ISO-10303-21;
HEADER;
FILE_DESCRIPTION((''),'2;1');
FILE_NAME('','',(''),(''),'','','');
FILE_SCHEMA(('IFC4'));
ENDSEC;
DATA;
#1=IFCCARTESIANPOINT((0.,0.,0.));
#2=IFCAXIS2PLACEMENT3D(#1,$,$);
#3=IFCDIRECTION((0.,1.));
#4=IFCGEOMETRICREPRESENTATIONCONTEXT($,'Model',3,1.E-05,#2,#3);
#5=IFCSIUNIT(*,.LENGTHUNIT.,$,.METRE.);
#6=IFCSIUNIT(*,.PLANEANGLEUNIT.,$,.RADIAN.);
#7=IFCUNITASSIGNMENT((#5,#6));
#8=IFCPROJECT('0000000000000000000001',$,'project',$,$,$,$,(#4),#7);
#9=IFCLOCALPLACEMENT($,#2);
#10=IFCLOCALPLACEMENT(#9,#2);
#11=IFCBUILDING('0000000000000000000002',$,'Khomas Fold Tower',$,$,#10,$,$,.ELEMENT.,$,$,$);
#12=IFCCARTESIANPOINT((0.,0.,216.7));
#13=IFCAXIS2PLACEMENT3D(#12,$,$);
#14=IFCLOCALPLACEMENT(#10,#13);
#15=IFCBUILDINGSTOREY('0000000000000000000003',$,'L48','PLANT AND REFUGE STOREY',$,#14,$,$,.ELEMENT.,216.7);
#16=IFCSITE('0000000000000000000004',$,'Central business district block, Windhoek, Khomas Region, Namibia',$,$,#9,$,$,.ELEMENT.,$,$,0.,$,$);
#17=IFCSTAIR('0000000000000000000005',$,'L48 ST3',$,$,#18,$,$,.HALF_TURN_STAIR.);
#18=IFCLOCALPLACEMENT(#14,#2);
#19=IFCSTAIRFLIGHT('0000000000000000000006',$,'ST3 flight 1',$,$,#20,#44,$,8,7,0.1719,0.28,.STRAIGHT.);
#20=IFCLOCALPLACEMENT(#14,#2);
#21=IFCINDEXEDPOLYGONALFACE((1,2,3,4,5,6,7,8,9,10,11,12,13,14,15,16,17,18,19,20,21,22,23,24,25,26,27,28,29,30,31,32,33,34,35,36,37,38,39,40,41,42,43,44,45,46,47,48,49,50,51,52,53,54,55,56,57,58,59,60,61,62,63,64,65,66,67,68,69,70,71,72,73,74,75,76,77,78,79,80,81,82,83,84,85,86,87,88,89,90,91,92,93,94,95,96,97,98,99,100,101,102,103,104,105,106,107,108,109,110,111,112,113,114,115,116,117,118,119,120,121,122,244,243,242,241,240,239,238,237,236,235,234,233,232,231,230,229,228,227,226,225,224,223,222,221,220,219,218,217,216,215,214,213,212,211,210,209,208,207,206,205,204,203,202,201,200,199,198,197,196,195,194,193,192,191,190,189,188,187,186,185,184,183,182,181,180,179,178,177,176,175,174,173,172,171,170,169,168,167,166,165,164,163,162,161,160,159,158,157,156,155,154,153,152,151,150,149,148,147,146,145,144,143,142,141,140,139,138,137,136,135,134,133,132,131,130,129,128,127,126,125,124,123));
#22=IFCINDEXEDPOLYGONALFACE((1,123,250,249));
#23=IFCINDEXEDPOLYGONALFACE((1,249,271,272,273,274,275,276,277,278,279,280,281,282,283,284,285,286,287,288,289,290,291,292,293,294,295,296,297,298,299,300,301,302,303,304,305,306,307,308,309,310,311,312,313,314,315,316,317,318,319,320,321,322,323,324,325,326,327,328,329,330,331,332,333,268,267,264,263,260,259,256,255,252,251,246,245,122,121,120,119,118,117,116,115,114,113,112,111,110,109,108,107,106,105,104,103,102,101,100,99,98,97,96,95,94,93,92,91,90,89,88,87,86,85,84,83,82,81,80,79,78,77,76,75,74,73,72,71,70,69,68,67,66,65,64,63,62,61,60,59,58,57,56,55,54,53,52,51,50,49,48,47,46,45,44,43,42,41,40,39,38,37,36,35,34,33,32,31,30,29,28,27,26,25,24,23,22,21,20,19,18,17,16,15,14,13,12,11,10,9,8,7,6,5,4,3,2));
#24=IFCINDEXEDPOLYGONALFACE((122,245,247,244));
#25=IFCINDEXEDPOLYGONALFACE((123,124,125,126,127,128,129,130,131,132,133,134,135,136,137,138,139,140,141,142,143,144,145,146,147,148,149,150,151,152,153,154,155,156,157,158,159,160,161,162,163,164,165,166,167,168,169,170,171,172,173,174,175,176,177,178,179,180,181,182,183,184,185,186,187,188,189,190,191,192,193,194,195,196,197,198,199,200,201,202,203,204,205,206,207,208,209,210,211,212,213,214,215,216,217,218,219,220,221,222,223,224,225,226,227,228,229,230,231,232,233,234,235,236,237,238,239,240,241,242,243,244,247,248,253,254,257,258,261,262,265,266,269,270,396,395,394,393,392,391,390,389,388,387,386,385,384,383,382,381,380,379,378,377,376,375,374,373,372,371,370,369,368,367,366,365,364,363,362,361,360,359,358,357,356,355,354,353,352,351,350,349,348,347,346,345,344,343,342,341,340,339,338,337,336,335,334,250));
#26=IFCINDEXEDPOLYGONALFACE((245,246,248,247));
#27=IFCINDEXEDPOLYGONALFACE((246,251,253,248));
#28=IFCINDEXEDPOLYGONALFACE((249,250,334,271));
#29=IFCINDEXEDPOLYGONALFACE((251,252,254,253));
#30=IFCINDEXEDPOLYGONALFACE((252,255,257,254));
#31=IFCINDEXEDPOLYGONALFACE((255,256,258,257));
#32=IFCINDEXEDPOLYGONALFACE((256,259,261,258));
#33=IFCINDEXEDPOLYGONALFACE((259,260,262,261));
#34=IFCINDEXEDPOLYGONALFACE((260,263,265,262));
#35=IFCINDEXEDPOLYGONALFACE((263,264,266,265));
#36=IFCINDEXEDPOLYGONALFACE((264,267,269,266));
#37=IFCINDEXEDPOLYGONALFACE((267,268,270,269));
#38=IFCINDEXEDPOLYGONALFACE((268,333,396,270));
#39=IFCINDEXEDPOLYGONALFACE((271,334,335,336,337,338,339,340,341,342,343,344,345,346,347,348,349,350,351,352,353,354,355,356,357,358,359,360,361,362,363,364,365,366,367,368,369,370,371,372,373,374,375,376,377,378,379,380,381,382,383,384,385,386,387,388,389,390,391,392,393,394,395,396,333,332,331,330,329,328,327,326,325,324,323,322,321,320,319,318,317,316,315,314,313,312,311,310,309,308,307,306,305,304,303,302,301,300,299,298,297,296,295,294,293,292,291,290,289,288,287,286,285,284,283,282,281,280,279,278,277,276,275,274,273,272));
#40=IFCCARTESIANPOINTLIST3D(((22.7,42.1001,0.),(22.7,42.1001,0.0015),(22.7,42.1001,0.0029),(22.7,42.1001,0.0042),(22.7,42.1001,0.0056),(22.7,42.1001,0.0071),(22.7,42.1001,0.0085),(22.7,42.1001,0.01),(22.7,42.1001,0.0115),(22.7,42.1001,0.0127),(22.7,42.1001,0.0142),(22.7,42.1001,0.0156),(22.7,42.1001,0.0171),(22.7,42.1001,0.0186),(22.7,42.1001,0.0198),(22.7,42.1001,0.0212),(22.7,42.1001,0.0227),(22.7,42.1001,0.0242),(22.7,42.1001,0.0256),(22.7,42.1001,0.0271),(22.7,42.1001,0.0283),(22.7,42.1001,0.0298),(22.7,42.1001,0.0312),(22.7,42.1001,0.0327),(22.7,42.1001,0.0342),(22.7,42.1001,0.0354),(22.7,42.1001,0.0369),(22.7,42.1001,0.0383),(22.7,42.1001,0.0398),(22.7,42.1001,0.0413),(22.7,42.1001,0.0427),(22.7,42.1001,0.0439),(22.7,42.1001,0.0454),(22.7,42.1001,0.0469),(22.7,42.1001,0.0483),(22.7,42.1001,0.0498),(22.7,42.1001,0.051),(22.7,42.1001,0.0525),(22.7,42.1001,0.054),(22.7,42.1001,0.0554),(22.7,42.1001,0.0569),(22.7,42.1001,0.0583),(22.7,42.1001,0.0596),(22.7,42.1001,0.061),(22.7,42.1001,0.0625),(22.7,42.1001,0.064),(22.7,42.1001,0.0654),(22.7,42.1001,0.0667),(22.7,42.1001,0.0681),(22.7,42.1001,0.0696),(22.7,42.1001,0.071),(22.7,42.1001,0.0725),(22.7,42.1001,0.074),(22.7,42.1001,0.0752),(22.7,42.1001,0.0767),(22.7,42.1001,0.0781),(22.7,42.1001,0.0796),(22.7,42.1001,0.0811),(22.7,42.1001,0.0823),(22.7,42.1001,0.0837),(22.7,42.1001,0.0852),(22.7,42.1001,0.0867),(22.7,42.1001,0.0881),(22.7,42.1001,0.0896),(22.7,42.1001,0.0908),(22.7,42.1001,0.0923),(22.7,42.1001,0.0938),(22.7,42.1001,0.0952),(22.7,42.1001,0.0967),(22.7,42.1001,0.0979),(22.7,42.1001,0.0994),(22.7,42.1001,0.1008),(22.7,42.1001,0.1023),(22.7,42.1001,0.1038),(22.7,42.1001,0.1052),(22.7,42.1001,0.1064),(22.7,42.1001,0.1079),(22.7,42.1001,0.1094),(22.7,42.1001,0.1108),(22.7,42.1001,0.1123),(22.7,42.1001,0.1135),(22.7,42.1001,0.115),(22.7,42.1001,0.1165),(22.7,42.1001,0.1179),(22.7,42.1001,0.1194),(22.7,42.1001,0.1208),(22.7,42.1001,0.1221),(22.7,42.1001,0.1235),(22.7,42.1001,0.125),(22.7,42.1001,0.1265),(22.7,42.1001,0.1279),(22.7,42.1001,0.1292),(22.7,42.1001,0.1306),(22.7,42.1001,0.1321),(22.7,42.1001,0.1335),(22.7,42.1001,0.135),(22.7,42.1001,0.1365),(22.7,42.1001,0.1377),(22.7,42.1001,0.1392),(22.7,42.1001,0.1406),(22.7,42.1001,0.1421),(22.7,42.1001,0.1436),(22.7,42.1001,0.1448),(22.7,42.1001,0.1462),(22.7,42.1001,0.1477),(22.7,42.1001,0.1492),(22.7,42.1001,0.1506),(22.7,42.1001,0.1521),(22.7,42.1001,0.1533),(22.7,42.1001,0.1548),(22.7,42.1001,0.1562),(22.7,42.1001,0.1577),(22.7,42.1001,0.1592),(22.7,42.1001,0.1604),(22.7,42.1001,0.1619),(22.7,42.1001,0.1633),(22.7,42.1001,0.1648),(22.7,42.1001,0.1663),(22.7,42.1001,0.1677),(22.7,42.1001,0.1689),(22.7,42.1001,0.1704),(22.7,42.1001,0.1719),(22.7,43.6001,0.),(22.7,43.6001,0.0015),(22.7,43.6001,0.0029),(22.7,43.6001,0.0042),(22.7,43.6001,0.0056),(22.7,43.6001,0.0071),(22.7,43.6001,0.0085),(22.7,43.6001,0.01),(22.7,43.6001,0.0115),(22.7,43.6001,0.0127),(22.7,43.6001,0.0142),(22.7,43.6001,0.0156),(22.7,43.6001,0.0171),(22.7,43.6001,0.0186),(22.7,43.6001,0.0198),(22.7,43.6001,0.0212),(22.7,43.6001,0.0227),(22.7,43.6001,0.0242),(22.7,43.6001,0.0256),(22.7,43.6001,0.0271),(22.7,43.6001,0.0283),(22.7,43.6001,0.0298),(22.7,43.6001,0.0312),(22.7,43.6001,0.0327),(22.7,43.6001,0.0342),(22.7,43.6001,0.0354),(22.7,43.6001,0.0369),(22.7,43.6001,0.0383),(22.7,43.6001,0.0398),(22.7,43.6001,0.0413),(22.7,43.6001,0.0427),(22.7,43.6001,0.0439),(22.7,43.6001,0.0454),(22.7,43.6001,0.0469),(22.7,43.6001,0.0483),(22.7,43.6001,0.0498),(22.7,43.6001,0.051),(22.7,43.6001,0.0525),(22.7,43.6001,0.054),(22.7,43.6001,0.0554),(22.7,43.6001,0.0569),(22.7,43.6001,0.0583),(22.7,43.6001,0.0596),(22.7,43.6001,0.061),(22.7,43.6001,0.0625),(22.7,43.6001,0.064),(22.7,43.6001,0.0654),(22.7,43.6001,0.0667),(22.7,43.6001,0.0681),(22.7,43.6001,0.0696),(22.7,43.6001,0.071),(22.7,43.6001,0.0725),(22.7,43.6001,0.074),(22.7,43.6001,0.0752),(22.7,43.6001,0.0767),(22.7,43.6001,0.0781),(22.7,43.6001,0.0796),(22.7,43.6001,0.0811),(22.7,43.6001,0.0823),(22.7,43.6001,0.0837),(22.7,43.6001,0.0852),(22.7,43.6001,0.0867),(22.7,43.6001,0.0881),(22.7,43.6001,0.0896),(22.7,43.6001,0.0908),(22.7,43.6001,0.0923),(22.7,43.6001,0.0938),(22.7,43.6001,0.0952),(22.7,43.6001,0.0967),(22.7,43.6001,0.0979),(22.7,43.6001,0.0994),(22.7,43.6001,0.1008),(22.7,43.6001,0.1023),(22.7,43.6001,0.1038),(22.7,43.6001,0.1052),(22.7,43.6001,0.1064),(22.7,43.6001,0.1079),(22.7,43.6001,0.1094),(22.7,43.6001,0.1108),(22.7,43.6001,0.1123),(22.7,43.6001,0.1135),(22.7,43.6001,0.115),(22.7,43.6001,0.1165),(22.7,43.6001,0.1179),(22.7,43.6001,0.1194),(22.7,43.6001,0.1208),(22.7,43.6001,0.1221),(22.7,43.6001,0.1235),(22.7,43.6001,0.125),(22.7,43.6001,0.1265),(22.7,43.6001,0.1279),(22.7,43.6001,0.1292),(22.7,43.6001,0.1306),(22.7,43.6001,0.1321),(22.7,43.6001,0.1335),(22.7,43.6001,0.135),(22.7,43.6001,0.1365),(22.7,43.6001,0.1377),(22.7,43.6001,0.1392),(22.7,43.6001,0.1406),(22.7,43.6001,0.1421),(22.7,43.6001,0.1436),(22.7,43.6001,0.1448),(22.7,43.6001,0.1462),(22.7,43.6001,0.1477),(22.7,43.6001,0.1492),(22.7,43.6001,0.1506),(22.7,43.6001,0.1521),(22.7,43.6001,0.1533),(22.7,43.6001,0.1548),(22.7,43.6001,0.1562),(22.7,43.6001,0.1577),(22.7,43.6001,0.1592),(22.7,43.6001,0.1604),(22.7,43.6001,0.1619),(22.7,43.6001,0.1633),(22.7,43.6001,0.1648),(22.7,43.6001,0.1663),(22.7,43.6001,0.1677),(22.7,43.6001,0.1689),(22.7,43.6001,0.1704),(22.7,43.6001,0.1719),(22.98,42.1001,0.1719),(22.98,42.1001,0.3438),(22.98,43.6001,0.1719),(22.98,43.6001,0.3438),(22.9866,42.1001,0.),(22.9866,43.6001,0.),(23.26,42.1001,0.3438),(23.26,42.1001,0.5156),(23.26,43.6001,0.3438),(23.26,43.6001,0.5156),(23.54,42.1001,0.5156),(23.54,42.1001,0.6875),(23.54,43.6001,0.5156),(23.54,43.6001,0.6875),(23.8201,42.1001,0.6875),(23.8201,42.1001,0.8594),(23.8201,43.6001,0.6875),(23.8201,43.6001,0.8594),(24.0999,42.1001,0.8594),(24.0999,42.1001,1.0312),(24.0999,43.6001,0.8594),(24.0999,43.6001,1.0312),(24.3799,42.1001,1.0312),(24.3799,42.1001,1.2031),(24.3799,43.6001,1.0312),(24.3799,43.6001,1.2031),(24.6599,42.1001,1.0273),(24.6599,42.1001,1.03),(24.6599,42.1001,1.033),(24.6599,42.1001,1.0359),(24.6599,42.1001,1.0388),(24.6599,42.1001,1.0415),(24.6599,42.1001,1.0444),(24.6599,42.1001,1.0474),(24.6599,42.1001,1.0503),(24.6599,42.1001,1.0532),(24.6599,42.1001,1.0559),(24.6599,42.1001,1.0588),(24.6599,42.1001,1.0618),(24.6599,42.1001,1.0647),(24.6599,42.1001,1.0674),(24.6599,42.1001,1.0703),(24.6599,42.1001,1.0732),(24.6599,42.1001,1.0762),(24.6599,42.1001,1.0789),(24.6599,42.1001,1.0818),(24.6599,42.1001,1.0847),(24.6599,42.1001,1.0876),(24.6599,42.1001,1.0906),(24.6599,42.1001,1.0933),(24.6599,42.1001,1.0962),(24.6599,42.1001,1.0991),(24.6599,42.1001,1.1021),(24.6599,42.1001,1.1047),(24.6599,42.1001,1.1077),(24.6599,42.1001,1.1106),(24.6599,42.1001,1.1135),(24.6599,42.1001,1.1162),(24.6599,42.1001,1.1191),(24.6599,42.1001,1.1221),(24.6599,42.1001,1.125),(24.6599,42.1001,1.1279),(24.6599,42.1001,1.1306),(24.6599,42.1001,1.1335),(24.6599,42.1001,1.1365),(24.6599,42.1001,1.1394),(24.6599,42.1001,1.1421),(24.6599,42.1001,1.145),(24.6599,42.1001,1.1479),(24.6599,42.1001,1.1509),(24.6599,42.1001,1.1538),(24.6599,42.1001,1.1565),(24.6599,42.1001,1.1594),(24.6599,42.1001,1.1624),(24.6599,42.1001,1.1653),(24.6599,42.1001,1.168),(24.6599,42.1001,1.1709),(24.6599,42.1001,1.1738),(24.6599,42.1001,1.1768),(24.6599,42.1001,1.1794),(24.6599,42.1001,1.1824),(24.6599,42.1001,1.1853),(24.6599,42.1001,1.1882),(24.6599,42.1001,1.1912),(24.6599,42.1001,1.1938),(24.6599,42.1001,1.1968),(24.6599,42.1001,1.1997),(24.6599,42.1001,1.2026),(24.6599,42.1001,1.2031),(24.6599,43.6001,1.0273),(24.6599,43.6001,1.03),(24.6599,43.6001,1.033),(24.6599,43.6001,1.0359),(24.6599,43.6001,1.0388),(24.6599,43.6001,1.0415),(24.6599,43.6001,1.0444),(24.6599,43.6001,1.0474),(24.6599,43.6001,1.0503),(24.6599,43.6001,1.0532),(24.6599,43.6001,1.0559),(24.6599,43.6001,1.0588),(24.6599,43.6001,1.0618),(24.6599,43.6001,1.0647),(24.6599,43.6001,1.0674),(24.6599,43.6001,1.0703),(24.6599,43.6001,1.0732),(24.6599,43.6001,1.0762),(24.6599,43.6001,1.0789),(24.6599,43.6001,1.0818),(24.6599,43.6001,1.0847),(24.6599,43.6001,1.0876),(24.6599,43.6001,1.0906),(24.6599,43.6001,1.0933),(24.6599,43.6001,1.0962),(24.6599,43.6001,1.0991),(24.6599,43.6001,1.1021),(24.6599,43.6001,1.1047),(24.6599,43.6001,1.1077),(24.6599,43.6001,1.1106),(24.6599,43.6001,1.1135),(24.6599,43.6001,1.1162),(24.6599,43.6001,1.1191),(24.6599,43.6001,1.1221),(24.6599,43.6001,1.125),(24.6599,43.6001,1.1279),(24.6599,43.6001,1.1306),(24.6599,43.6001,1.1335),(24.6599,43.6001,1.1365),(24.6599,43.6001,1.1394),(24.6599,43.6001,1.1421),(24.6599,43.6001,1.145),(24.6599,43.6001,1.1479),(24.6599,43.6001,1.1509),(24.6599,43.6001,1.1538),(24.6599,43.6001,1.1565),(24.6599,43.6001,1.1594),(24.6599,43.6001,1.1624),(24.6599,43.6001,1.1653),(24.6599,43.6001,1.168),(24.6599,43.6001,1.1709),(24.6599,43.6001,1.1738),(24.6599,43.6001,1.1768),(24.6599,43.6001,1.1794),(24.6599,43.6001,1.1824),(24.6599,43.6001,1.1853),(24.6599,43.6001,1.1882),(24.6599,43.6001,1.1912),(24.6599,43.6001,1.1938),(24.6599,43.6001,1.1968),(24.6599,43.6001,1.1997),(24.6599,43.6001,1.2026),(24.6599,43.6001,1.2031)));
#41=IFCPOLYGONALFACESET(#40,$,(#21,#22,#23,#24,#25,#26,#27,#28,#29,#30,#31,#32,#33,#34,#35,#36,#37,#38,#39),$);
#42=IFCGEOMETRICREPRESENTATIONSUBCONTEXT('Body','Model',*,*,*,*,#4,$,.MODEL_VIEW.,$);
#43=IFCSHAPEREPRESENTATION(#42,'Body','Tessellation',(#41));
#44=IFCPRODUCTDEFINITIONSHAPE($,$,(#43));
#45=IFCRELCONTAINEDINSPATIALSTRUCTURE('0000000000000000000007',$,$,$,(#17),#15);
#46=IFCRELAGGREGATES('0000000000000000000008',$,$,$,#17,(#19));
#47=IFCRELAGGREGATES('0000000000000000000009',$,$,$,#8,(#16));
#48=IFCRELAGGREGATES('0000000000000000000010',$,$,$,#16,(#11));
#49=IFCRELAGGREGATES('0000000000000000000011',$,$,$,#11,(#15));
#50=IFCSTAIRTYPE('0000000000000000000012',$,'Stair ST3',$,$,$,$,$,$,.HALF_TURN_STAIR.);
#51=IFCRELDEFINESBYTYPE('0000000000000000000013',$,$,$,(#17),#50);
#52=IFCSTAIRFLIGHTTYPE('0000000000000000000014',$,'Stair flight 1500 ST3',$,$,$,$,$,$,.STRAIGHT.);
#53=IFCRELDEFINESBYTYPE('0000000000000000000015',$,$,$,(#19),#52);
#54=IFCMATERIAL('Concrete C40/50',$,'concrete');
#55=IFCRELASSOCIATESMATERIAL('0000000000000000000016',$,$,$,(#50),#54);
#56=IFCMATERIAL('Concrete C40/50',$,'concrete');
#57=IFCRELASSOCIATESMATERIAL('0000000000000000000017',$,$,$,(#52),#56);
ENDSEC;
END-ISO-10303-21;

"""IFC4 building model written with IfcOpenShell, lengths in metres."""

from ifc_helpers import new_model, si_unit, direction, frame, origin, place, context, subcontext, project, spatial, polyline, outline, extrude, source, transform, mapped, material, type_object, element, aggregate, save


model = new_model("IFC4")

# Units and contexts
model_context = context("Model", 3, precision=1e-05, world=origin(), true_north=direction((0.0, 1.0)))
body_context = subcontext(model_context, "Body", "Model", "MODEL_VIEW")
ifc_project = project(units=[si_unit("LENGTHUNIT", "METRE"), si_unit("PLANEANGLEUNIT", "RADIAN")], contexts=[model_context])

# Site, building, storey
site_placement = place(None, origin())
site = spatial("IfcSite", under=ifc_project, at=site_placement, Name="Central business district block, Windhoek, Khomas Region, Namibia", CompositionType="ELEMENT", RefElevation=0.0)
building_placement = place(site_placement, origin())
building = spatial("IfcBuilding", under=site, at=building_placement, Name="Khomas Fold Tower", CompositionType="ELEMENT")
storey_placement = place(building_placement, frame((0.0, 0.0, 216.7)))
storey = spatial("IfcBuildingStorey", under=building, at=storey_placement, Name="L48", Description="PLANT AND REFUGE STOREY", CompositionType="ELEMENT", Elevation=216.7)

# Stair, stair flight
shared_shape_1 = source(origin(), body_context, "Body", "SweptSolid", [
    extrude(outline(polyline([(0.0, 0.0), (0.0, 0.0015), (0.0, 0.0029), (0.0, 0.0042), (0.0, 0.0056), (0.0, 0.0071), (0.0, 0.0085), (0.0, 0.01), (0.0, 0.0115), (0.0, 0.0127), (0.0, 0.0142), (0.0, 0.0156), (0.0, 0.0171), (0.0, 0.0186), (0.0, 0.0198), (0.0, 0.0212), (0.0, 0.0227), (0.0, 0.0242), (0.0, 0.0256), (0.0, 0.0271), (0.0, 0.0283), (0.0, 0.0298), (0.0, 0.0312), (0.0, 0.0327), (0.0, 0.0342), (0.0, 0.0354), (0.0, 0.0369), (0.0, 0.0383), (0.0, 0.0398), (0.0, 0.0413), (0.0, 0.0427), (0.0, 0.0439), (0.0, 0.0454), (0.0, 0.0469), (0.0, 0.0483), (0.0, 0.0498), (0.0, 0.051), (0.0, 0.0525), (0.0, 0.054), (0.0, 0.0554), (0.0, 0.0569), (0.0, 0.0583), (0.0, 0.0596), (0.0, 0.061), (0.0, 0.0625), (0.0, 0.064), (0.0, 0.0654), (0.0, 0.0667), (0.0, 0.0681), (0.0, 0.0696), (0.0, 0.071), (0.0, 0.0725), (0.0, 0.074), (0.0, 0.0752), (0.0, 0.0767), (0.0, 0.0781), (0.0, 0.0796), (0.0, 0.0811), (0.0, 0.0823), (0.0, 0.0837), (0.0, 0.0852), (0.0, 0.0867), (0.0, 0.0881), (0.0, 0.0896), (0.0, 0.0908), (0.0, 0.0923), (0.0, 0.0938), (0.0, 0.0952), (0.0, 0.0967), (0.0, 0.0979), (0.0, 0.0994), (0.0, 0.1008), (0.0, 0.1023), (0.0, 0.1038), (0.0, 0.1052), (0.0, 0.1064), (0.0, 0.1079), (0.0, 0.1094), (0.0, 0.1108), (0.0, 0.1123), (0.0, 0.1135), (0.0, 0.115), (0.0, 0.1165), (0.0, 0.1179), (0.0, 0.1194), (0.0, 0.1208), (0.0, 0.1221), (0.0, 0.1235), (0.0, 0.125), (0.0, 0.1265), (0.0, 0.1279), (0.0, 0.1292), (0.0, 0.1306), (0.0, 0.1321), (0.0, 0.1335), (0.0, 0.135), (0.0, 0.1365), (0.0, 0.1377), (0.0, 0.1392), (0.0, 0.1406), (0.0, 0.1421), (0.0, 0.1436), (0.0, 0.1448), (0.0, 0.1462), (0.0, 0.1477), (0.0, 0.1492), (0.0, 0.1506), (0.0, 0.1521), (0.0, 0.1533), (0.0, 0.1548), (0.0, 0.1562), (0.0, 0.1577), (0.0, 0.1592), (0.0, 0.1604), (0.0, 0.1619), (0.0, 0.1633), (0.0, 0.1648), (0.0, 0.1663), (0.0, 0.1677), (0.0, 0.1689), (0.0, 0.1704), (0.0, 0.1719), (0.28, 0.1719), (0.28, 0.3438), (0.5601, 0.3438), (0.5601, 0.5156), (0.8401, 0.5156), (0.8401, 0.6875), (1.1201, 0.6875), (1.1201, 0.8594), (1.3999, 0.8594), (1.3999, 1.0312), (1.6799, 1.0312), (1.6799, 1.2031), (1.96, 1.2031), (1.96, 1.375), (1.96, 1.3721), (1.96, 1.3691), (1.96, 1.3665), (1.96, 1.3635), (1.96, 1.3606), (1.96, 1.3577), (1.96, 1.355), (1.96, 1.3521), (1.96, 1.3491), (1.96, 1.3462), (1.96, 1.3435), (1.96, 1.3406), (1.96, 1.3376), (1.96, 1.3347), (1.96, 1.3318), (1.96, 1.3291), (1.96, 1.3262), (1.96, 1.3232), (1.96, 1.3203), (1.96, 1.3176), (1.96, 1.3147), (1.96, 1.3118), (1.96, 1.3088), (1.96, 1.3059), (1.96, 1.3032), (1.96, 1.3003), (1.96, 1.2974), (1.96, 1.2944), (1.96, 1.2917), (1.96, 1.2888), (1.96, 1.2859), (1.96, 1.283), (1.96, 1.2803), (1.96, 1.2773), (1.96, 1.2744), (1.96, 1.2715), (1.96, 1.2686), (1.96, 1.2659), (1.96, 1.2629), (1.96, 1.26), (1.96, 1.2571), (1.96, 1.2544), (1.96, 1.2515), (1.96, 1.2485), (1.96, 1.2456), (1.96, 1.2427), (1.96, 1.24), (1.96, 1.2371), (1.96, 1.2341), (1.96, 1.2312), (1.96, 1.2285), (1.96, 1.2256), (1.96, 1.2227), (1.96, 1.2197), (1.96, 1.217), (1.96, 1.2141), (1.96, 1.2112), (1.96, 1.2083), (1.96, 1.2053), (1.96, 1.2026), (1.96, 1.1997), (1.96, 1.1968), (1.96, 1.1938), (1.96, 1.1912), (1.96, 1.1882), (1.96, 1.1853), (1.96, 1.1824), (1.96, 1.1794), (1.96, 1.1768), (1.96, 1.1738), (1.96, 1.1709), (1.96, 1.168), (1.96, 1.1653), (1.96, 1.1624), (1.96, 1.1594), (1.96, 1.1565), (1.96, 1.1538), (1.96, 1.1509), (1.96, 1.1479), (1.96, 1.145), (1.96, 1.1421), (1.96, 1.1394), (1.96, 1.1365), (1.96, 1.1335), (1.96, 1.1306), (1.96, 1.1279), (1.96, 1.125), (1.96, 1.1221), (1.96, 1.1191), (1.96, 1.1162), (1.96, 1.1135), (1.96, 1.1106), (1.96, 1.1077), (1.96, 1.1047), (1.96, 1.1021), (1.96, 1.0991), (1.96, 1.0962), (1.96, 1.0933), (1.96, 1.0906), (1.96, 1.0876), (1.96, 1.0847), (1.96, 1.0818), (1.96, 1.0789), (1.96, 1.0762), (1.96, 1.0732), (1.96, 1.0703), (1.96, 1.0674), (1.96, 1.0647), (1.96, 1.0618), (1.96, 1.0588), (1.96, 1.0559), (1.96, 1.0532), (1.96, 1.0503), (1.96, 1.0474), (1.96, 1.0444), (1.96, 1.0415), (1.96, 1.0388), (1.96, 1.0359), (1.96, 1.033), (1.96, 1.03), (1.96, 1.0273), (0.2866, 0.0), (0.0, 0.0)])), frame((0.0, 0.75, 0.0), z_axis=(0.0, -1.0, 0.0), x_axis=(1.0, 0.0, 0.0)), (0.0, 0.0, 1.0), 1.5),
])
ifc_material_1 = material(Name="Concrete C40/50", Category="concrete")
stair_type_1 = type_object("IfcStairType", Name="Stair ST3", PredefinedType="HALF_TURN_STAIR", material=ifc_material_1)
stair_1_placement = place(storey_placement, origin())
stair_1 = element("IfcStair", 1, at=stair_1_placement, inside=storey, type_object=stair_type_1, Name="L48 ST3", PredefinedType="HALF_TURN_STAIR")
ifc_material_2 = material(Name="Concrete C40/50", Category="concrete")
stair_flight_type_1 = type_object("IfcStairFlightType", Name="Stair flight 1500 ST3", PredefinedType="STRAIGHT", material=ifc_material_2)
stair_flight_1_placement = place(storey_placement, frame((22.7, 42.8501, 0.0), z_axis=(0.0, 0.0, 1.0), x_axis=(1.0, 0.0, 0.0)))
stair_flight_1 = element("IfcStairFlight", 2, at=stair_flight_1_placement, type_object=stair_flight_type_1, Name="ST3 flight 1", NumberOfRisers=8, NumberOfTreads=7, PredefinedType="STRAIGHT", RiserHeight=0.1719, TreadLength=0.28, context=body_context, shape_type="MappedRepresentation", body=[
    mapped(shared_shape_1, transform((0.0, 0.0, 0.0))),
])
aggregate(stair_1, [stair_flight_1])

save(model, "model.ifc")
